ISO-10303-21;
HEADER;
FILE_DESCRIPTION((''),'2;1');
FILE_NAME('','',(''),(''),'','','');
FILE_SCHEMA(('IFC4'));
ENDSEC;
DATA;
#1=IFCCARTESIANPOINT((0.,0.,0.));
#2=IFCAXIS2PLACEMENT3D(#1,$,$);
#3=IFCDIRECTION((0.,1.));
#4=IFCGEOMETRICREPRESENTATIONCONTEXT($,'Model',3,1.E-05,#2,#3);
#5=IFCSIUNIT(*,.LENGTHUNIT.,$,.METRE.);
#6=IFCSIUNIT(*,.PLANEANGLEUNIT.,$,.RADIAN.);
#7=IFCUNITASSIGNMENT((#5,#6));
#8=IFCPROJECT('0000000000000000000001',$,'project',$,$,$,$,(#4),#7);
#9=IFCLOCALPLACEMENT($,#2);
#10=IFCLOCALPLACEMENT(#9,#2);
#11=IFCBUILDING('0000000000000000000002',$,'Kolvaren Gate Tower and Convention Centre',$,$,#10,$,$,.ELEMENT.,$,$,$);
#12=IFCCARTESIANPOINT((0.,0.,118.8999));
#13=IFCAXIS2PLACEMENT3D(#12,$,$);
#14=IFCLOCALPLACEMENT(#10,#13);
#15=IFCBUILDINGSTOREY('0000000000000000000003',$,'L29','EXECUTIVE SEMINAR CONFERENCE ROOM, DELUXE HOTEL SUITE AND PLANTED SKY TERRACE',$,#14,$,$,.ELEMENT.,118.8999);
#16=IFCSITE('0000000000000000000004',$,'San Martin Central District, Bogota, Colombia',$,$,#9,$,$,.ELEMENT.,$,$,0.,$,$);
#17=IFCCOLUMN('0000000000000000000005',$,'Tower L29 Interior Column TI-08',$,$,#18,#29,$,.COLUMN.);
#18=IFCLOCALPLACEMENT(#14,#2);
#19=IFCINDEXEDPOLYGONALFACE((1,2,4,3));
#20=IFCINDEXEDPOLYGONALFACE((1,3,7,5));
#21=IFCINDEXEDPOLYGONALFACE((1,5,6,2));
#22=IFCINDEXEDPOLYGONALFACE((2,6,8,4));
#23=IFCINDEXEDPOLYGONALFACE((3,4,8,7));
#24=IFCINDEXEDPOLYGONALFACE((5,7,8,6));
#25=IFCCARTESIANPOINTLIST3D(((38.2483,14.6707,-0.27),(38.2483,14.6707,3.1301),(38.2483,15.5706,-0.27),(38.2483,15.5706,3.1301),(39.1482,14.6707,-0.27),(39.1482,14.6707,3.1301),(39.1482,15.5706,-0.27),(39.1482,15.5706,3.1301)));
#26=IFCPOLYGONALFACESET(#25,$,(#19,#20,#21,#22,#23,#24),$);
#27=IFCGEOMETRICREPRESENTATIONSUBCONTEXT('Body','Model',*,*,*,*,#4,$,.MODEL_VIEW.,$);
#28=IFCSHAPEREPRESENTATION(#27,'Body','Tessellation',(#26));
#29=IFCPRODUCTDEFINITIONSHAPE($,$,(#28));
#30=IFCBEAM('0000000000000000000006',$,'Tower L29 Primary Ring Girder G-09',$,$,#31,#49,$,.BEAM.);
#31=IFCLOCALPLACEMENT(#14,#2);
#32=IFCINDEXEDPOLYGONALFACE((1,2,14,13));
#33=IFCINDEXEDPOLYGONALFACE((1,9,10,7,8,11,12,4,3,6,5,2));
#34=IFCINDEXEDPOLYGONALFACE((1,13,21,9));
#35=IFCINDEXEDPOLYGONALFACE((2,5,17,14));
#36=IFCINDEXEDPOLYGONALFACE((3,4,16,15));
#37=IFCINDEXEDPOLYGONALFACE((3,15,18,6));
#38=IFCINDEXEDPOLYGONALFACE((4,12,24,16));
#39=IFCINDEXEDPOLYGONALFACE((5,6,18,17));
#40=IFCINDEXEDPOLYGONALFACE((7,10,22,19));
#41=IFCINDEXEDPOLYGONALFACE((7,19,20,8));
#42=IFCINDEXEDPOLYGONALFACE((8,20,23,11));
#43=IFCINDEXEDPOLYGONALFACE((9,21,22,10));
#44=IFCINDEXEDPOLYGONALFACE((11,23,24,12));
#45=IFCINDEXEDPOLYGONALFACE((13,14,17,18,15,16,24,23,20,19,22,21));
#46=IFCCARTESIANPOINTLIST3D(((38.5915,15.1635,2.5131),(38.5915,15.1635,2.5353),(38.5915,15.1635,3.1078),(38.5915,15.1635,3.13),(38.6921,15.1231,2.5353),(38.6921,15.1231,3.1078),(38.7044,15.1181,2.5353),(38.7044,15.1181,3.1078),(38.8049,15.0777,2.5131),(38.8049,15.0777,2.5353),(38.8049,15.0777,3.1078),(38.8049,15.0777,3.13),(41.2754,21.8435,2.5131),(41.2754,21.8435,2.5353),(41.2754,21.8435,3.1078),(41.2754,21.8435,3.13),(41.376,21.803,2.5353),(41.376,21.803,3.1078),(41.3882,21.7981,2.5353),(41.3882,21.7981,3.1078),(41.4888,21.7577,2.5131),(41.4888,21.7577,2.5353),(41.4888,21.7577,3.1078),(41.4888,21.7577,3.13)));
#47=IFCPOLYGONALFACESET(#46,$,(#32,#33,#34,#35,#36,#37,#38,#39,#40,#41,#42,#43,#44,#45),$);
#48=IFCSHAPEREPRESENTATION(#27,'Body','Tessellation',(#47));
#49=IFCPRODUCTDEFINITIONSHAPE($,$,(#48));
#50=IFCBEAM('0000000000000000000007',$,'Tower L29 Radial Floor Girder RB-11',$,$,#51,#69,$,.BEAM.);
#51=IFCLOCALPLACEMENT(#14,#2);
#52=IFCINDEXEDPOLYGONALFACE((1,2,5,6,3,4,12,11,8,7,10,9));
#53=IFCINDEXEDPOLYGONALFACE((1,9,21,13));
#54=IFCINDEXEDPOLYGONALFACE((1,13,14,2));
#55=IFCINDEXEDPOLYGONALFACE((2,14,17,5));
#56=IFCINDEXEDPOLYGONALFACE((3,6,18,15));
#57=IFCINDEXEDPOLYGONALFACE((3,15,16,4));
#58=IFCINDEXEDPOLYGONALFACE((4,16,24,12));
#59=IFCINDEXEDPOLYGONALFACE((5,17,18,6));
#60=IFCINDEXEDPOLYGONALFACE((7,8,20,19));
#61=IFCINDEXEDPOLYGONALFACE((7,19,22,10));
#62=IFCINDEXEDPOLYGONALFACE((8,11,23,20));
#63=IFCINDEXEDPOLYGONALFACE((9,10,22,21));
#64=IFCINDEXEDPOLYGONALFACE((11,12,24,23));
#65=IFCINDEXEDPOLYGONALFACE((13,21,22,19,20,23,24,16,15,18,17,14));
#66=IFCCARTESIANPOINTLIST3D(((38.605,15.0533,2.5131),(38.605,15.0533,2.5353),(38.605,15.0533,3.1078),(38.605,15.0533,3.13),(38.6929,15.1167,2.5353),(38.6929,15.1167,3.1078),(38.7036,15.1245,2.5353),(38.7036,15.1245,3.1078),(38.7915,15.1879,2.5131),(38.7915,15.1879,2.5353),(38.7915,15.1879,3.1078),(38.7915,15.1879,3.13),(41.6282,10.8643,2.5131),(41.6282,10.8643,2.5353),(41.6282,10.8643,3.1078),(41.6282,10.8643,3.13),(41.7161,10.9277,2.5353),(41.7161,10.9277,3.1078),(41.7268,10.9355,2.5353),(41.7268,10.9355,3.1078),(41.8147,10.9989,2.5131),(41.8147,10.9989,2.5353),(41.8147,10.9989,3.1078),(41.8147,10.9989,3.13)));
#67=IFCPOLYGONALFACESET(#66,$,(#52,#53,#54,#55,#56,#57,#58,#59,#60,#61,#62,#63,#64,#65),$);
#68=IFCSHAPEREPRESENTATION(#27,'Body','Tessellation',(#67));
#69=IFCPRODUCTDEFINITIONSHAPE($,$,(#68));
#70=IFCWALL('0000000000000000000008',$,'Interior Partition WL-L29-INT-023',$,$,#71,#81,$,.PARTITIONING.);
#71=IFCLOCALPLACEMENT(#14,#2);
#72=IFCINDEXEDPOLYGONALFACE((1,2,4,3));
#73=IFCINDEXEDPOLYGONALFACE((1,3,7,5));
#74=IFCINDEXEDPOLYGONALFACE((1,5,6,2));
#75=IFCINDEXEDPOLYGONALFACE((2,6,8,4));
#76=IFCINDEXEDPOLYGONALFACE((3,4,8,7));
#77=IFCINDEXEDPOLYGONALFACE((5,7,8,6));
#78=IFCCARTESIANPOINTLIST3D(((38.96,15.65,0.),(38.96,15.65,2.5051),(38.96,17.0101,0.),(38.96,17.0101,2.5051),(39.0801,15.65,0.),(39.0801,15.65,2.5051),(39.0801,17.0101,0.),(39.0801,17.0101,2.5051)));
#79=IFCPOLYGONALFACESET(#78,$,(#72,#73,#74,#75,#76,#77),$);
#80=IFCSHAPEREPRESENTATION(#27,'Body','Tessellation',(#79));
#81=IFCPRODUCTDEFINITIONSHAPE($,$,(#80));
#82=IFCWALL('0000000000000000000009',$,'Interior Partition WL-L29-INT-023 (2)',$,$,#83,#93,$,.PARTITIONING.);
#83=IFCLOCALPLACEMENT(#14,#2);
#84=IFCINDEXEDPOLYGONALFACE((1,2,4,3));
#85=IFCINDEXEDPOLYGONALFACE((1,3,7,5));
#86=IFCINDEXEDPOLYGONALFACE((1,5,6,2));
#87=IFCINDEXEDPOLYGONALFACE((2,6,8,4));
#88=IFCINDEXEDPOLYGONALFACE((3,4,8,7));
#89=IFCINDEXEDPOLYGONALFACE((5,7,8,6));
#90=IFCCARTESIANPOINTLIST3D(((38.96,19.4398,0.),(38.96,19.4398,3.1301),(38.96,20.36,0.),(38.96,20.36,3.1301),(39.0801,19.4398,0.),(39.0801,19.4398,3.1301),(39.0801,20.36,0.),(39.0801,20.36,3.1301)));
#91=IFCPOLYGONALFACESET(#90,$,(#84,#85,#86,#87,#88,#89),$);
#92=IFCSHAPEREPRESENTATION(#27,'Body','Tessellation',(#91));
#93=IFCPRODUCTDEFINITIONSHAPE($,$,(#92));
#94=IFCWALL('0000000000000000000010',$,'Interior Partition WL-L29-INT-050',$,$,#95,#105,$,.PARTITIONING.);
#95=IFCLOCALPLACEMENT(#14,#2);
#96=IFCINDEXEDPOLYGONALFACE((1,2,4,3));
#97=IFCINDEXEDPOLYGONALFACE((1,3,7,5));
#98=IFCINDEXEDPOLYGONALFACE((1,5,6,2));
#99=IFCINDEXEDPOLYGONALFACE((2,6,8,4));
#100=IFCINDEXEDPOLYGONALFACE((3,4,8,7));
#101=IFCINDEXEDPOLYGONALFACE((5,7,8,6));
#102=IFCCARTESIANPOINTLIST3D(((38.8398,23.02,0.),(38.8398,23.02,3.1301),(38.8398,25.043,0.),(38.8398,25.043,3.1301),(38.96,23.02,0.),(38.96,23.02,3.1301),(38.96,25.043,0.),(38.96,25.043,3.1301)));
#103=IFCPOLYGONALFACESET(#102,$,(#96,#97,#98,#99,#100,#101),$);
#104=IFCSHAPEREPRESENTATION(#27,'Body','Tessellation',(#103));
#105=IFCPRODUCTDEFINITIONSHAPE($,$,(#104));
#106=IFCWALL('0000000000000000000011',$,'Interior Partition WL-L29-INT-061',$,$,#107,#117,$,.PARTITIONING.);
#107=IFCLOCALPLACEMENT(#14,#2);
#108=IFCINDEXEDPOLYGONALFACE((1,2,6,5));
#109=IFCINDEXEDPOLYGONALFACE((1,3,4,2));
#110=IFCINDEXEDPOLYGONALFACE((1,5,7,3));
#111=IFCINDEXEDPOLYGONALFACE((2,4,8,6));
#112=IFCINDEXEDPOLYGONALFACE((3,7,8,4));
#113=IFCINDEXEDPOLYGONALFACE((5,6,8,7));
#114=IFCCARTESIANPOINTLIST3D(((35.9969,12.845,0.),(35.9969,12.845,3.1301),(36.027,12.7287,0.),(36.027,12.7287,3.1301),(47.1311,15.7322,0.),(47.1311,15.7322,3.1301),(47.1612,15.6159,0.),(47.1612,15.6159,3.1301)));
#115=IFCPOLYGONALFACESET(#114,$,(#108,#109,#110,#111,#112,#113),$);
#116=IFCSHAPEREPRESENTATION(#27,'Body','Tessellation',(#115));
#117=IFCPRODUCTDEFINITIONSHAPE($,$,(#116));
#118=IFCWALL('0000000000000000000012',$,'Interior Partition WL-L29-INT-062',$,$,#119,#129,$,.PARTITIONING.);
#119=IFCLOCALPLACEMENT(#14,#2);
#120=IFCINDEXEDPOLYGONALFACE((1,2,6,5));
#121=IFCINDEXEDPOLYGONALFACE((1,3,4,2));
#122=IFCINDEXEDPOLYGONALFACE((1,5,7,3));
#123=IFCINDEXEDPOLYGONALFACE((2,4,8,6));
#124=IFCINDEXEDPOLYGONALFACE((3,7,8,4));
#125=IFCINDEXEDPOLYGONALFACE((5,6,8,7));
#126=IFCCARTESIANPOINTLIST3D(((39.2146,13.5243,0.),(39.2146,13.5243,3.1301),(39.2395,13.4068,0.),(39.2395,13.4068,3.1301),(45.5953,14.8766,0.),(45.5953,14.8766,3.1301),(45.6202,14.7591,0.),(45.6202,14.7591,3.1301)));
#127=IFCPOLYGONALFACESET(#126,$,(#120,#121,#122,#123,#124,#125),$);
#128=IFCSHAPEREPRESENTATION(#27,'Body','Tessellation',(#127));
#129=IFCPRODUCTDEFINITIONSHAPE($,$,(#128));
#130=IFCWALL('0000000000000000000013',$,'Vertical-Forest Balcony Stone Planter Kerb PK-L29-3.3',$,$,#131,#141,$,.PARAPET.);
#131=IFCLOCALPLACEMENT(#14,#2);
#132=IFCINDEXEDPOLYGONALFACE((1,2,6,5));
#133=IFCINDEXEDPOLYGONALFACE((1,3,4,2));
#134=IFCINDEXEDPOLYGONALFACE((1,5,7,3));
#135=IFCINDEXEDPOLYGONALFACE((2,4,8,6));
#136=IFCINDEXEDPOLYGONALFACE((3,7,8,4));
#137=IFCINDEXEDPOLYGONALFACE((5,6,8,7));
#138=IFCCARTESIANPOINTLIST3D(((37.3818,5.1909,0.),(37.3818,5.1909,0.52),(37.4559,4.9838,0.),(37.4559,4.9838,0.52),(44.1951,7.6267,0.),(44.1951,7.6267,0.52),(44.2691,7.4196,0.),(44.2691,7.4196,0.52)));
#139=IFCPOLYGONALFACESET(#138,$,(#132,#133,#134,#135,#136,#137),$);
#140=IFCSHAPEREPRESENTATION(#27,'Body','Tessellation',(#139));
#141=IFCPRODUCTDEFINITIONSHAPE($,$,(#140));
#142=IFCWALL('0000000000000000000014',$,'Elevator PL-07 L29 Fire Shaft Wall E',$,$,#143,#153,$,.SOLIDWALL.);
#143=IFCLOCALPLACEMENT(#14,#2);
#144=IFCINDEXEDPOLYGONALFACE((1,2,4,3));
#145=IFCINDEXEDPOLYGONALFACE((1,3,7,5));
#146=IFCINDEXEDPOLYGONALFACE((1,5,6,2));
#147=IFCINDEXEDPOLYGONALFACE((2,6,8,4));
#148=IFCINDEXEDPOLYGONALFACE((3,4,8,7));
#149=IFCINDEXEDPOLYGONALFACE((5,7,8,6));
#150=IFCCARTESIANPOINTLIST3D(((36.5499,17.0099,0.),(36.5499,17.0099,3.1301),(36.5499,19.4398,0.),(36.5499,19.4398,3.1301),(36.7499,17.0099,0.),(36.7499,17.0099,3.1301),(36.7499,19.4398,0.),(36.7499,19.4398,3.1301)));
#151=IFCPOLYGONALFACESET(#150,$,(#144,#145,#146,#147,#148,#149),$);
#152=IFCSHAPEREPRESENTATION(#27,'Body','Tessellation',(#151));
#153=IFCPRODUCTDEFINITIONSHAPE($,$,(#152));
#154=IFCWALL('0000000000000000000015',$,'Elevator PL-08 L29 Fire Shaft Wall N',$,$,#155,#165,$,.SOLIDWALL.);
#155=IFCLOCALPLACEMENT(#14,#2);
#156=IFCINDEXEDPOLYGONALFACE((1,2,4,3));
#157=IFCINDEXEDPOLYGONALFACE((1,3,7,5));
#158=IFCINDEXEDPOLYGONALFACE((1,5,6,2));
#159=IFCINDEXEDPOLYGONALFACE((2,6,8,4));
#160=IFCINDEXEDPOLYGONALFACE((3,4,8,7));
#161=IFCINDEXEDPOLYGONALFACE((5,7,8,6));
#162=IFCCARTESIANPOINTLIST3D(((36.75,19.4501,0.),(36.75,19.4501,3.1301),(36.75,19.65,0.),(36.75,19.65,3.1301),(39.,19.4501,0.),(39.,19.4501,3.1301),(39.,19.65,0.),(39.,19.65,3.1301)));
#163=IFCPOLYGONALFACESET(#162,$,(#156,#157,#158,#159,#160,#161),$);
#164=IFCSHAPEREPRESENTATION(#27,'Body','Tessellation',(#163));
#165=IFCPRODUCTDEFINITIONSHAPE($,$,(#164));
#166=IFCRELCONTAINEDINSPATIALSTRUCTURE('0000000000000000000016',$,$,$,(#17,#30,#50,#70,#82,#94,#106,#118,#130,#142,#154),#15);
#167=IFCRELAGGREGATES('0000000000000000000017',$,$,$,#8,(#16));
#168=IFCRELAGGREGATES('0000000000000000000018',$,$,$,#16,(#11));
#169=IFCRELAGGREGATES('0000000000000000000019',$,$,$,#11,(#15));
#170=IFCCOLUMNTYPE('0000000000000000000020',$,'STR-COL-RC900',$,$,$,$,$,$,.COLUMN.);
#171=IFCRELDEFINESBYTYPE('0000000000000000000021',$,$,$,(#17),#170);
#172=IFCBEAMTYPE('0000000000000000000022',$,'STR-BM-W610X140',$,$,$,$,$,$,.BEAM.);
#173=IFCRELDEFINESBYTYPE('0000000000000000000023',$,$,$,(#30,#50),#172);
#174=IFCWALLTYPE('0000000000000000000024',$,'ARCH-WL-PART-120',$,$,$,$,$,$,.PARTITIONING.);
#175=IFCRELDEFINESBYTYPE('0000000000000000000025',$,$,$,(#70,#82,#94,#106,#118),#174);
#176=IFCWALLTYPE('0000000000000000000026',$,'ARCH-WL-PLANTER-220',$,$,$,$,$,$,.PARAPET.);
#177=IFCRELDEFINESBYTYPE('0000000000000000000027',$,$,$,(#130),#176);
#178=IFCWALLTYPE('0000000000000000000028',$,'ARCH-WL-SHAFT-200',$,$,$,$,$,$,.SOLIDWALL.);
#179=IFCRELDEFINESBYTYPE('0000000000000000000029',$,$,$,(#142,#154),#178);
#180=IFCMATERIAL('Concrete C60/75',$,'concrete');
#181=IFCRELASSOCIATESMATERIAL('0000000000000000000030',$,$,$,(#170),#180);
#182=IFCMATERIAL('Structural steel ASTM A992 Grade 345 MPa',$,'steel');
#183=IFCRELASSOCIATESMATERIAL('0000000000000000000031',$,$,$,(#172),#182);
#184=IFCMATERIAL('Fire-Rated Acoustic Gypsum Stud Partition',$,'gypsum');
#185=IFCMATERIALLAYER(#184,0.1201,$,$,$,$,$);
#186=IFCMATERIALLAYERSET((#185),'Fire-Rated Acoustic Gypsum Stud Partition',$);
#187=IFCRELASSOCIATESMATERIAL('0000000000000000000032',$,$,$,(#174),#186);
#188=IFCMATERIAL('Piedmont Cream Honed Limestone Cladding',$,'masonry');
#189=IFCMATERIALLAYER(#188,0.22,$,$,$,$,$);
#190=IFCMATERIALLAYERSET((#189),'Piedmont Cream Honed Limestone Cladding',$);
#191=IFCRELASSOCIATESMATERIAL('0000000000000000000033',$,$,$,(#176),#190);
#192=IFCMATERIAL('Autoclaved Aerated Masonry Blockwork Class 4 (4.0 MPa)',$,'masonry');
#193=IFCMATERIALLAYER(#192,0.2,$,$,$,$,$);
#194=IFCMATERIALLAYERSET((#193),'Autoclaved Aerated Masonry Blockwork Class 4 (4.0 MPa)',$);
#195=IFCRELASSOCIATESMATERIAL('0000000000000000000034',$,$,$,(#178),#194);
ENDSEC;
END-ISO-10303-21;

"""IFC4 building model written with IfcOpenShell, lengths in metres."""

from ifc_helpers import new_model, si_unit, direction, frame, frame_2d, origin, origin_2d, place, context, subcontext, project, spatial, rectangle, i_section, extrude, material, layer, layer_set, material_profile, profile_set, type_object, element, save


model = new_model("IFC4")

# Units and contexts
model_context = context("Model", 3, precision=1e-05, world=origin(), true_north=direction((0.0, 1.0)))
body_context = subcontext(model_context, "Body", "Model", "MODEL_VIEW")
ifc_project = project(units=[si_unit("LENGTHUNIT", "METRE"), si_unit("PLANEANGLEUNIT", "RADIAN")], contexts=[model_context])

# Site, building, storey
site_placement = place(None, origin())
site = spatial("IfcSite", under=ifc_project, at=site_placement, Name="San Martin Central District, Bogota, Colombia", CompositionType="ELEMENT", RefElevation=0.0)
building_placement = place(site_placement, origin())
building = spatial("IfcBuilding", under=site, at=building_placement, Name="Kolvaren Gate Tower and Convention Centre", CompositionType="ELEMENT")
storey_placement = place(building_placement, frame((0.0, 0.0, 118.8999)))
storey = spatial("IfcBuildingStorey", under=building, at=storey_placement, Name="L29", Description="EXECUTIVE SEMINAR CONFERENCE ROOM, DELUXE HOTEL SUITE AND PLANTED SKY TERRACE", CompositionType="ELEMENT", Elevation=118.8999)

# Column
ifc_material_1 = material(Name="Concrete C60/75", Category="concrete")
ifc_material_profile_1 = material_profile(ifc_material_1, rectangle(XDim=0.8999, YDim=0.8999, at=origin_2d()), Name="RC-COL-900X900")
ifc_profile_set_1 = profile_set([ifc_material_profile_1], Name="Concrete C60/75")
column_type = type_object("IfcColumnType", Name="STR-COL-RC900", PredefinedType="COLUMN", material=ifc_profile_set_1)
column_placement = place(storey_placement, frame((38.6982, 15.1206, -0.27), z_axis=(0.0, 0.0, 1.0), x_axis=(1.0, 0.0, 0.0)))
element("IfcColumn", 1, at=column_placement, inside=storey, type_object=column_type, Name="Tower L29 Interior Column TI-08", PredefinedType="COLUMN", context=body_context, shape_type="SweptSolid", body=[
    extrude(rectangle(XDim=0.8999, YDim=0.8999, at=origin_2d()), origin(), (0.0, 0.0, 1.0), 3.4001),
])

# Beams
ifc_material_2 = material(Name="Structural steel ASTM A992 Grade 345 MPa", Category="steel")
ifc_material_profile_2 = material_profile(ifc_material_2, i_section(OverallWidth=0.23, OverallDepth=0.6169, WebThickness=0.0132, FlangeThickness=0.0222, at=origin_2d()), Name="W610X140")
ifc_profile_set_2 = profile_set([ifc_material_profile_2], Name="Structural steel ASTM A992 Grade 345 MPa")
beam_type = type_object("IfcBeamType", Name="STR-BM-W610X140", PredefinedType="BEAM", material=ifc_profile_set_2)
beam_1_placement = place(storey_placement, frame((38.6982, 15.1206, 2.8215), z_axis=(0.372811, 0.927907, 0.0), x_axis=(-0.927907, 0.372811, 0.0)))
element("IfcBeam", 2, at=beam_1_placement, inside=storey, type_object=beam_type, Name="Tower L29 Primary Ring Girder G-09", PredefinedType="BEAM", context=body_context, shape_type="SweptSolid", body=[
    extrude(i_section(OverallWidth=0.23, OverallDepth=0.6169, WebThickness=0.0132, FlangeThickness=0.0222, at=origin_2d()), origin(), (0.0, 0.0, 1.0), 7.199),
])
beam_2_placement = place(storey_placement, frame((38.6982, 15.1206, 2.8215), z_axis=(0.585214, -0.810879, 0.0), x_axis=(0.810879, 0.585214, 0.0)))
element("IfcBeam", 3, at=beam_2_placement, inside=storey, type_object=beam_type, Name="Tower L29 Radial Floor Girder RB-11", PredefinedType="BEAM", context=body_context, shape_type="SweptSolid", body=[
    extrude(i_section(OverallWidth=0.23, OverallDepth=0.6169, WebThickness=0.0132, FlangeThickness=0.0222, at=origin_2d()), origin(), (0.0, 0.0, 1.0), 5.166),
])

# Walls
ifc_material_3 = material(Name="Fire-Rated Acoustic Gypsum Stud Partition", Category="gypsum")
ifc_layer_1 = layer(ifc_material_3, 0.1201)
ifc_layer_set_1 = layer_set([ifc_layer_1], Name="Fire-Rated Acoustic Gypsum Stud Partition")
wall_type_1 = type_object("IfcWallType", Name="ARCH-WL-PART-120", PredefinedType="PARTITIONING", material=ifc_layer_set_1)
wall_1_placement = place(storey_placement, frame((39.02, 15.6499, 0.0), z_axis=(0.0, 0.0, 1.0), x_axis=(0.0, 1.0, 0.0)))
element("IfcWall", 4, at=wall_1_placement, inside=storey, type_object=wall_type_1, Name="Interior Partition WL-L29-INT-023", PredefinedType="PARTITIONING", context=body_context, shape_type="SweptSolid", body=[
    extrude(rectangle(XDim=1.3601, YDim=0.1201, at=frame_2d((0.6802, 0.0))), origin(), (0.0, 0.0, 1.0), 2.5051),
])
wall_2_placement = place(storey_placement, frame((39.02, 19.4399, 0.0), z_axis=(0.0, 0.0, 1.0), x_axis=(0.0, 1.0, 0.0)))
element("IfcWall", 5, at=wall_2_placement, inside=storey, type_object=wall_type_1, Name="Interior Partition WL-L29-INT-023 (2)", PredefinedType="PARTITIONING", context=body_context, shape_type="SweptSolid", body=[
    extrude(rectangle(XDim=0.9202, YDim=0.1201, at=frame_2d((0.46, 0.0))), origin(), (0.0, 0.0, 1.0), 3.1301),
])
wall_3_placement = place(storey_placement, frame((38.8999, 23.02, 0.0), z_axis=(0.0, 0.0, 1.0), x_axis=(0.0, 1.0, 0.0)))
element("IfcWall", 6, at=wall_3_placement, inside=storey, type_object=wall_type_1, Name="Interior Partition WL-L29-INT-050", PredefinedType="PARTITIONING", context=body_context, shape_type="SweptSolid", body=[
    extrude(rectangle(XDim=2.0229, YDim=0.1201, at=frame_2d((1.0115, 0.0))), origin(), (0.0, 0.0, 1.0), 3.1301),
])
wall_4_placement = place(storey_placement, frame((36.012, 12.7869, 0.0), z_axis=(0.0, 0.0, 1.0), x_axis=(0.967985, 0.251006, 0.0)))
element("IfcWall", 7, at=wall_4_placement, inside=storey, type_object=wall_type_1, Name="Interior Partition WL-L29-INT-061", PredefinedType="PARTITIONING", context=body_context, shape_type="SweptSolid", body=[
    extrude(rectangle(XDim=11.5024, YDim=0.1201, at=frame_2d((5.7512, 0.0))), origin(), (0.0, 0.0, 1.0), 3.1301),
])
wall_5_placement = place(storey_placement, frame((39.2271, 13.4656, 0.0), z_axis=(0.0, 0.0, 1.0), x_axis=(0.97827, 0.207333, 0.0)))
element("IfcWall", 8, at=wall_5_placement, inside=storey, type_object=wall_type_1, Name="Interior Partition WL-L29-INT-062", PredefinedType="PARTITIONING", context=body_context, shape_type="SweptSolid", body=[
    extrude(rectangle(XDim=6.5225, YDim=0.1201, at=frame_2d((3.2612, 0.0))), origin(), (0.0, 0.0, 1.0), 3.1301),
])
ifc_material_4 = material(Name="Piedmont Cream Honed Limestone Cladding", Category="masonry")
ifc_layer_2 = layer(ifc_material_4, 0.22)
ifc_layer_set_2 = layer_set([ifc_layer_2], Name="Piedmont Cream Honed Limestone Cladding")
wall_type_2 = type_object("IfcWallType", Name="ARCH-WL-PLANTER-220", PredefinedType="PARAPET", material=ifc_layer_set_2)
wall_6_placement = place(storey_placement, frame((37.4189, 5.0874, 0.0), z_axis=(0.0, 0.0, 1.0), x_axis=(0.941633, 0.336642, 0.0)))
element("IfcWall", 9, at=wall_6_placement, inside=storey, type_object=wall_type_2, Name="Vertical-Forest Balcony Stone Planter Kerb PK-L29-3.3", PredefinedType="PARAPET", context=body_context, shape_type="SweptSolid", body=[
    extrude(rectangle(XDim=7.2356, YDim=0.22, at=frame_2d((3.6177, 0.0))), origin(), (0.0, 0.0, 1.0), 0.52),
])
ifc_material_5 = material(Name="Autoclaved Aerated Masonry Blockwork Class 4 (4.0 MPa)", Category="masonry")
ifc_layer_3 = layer(ifc_material_5, 0.2)
ifc_layer_set_3 = layer_set([ifc_layer_3], Name="Autoclaved Aerated Masonry Blockwork Class 4 (4.0 MPa)")
wall_type_3 = type_object("IfcWallType", Name="ARCH-WL-SHAFT-200", PredefinedType="SOLIDWALL", material=ifc_layer_set_3)
wall_7_placement = place(storey_placement, frame((36.6499, 17.01, 0.0), z_axis=(0.0, 0.0, 1.0), x_axis=(0.0, 1.0, 0.0)))
element("IfcWall", 10, at=wall_7_placement, inside=storey, type_object=wall_type_3, Name="Elevator PL-07 L29 Fire Shaft Wall E", PredefinedType="SOLIDWALL", context=body_context, shape_type="SweptSolid", body=[
    extrude(rectangle(XDim=2.4299, YDim=0.2, at=frame_2d((1.2148, 0.0))), origin(), (0.0, 0.0, 1.0), 3.1301),
])
wall_8_placement = place(storey_placement, frame((36.75, 19.55, 0.0), z_axis=(0.0, 0.0, 1.0), x_axis=(1.0, 0.0, 0.0)))
element("IfcWall", 11, at=wall_8_placement, inside=storey, type_object=wall_type_3, Name="Elevator PL-08 L29 Fire Shaft Wall N", PredefinedType="SOLIDWALL", context=body_context, shape_type="SweptSolid", body=[
    extrude(rectangle(XDim=2.25, YDim=0.2, at=frame_2d((1.125, 0.0))), origin(), (0.0, 0.0, 1.0), 3.1301),
])

save(model, "model.ifc")
